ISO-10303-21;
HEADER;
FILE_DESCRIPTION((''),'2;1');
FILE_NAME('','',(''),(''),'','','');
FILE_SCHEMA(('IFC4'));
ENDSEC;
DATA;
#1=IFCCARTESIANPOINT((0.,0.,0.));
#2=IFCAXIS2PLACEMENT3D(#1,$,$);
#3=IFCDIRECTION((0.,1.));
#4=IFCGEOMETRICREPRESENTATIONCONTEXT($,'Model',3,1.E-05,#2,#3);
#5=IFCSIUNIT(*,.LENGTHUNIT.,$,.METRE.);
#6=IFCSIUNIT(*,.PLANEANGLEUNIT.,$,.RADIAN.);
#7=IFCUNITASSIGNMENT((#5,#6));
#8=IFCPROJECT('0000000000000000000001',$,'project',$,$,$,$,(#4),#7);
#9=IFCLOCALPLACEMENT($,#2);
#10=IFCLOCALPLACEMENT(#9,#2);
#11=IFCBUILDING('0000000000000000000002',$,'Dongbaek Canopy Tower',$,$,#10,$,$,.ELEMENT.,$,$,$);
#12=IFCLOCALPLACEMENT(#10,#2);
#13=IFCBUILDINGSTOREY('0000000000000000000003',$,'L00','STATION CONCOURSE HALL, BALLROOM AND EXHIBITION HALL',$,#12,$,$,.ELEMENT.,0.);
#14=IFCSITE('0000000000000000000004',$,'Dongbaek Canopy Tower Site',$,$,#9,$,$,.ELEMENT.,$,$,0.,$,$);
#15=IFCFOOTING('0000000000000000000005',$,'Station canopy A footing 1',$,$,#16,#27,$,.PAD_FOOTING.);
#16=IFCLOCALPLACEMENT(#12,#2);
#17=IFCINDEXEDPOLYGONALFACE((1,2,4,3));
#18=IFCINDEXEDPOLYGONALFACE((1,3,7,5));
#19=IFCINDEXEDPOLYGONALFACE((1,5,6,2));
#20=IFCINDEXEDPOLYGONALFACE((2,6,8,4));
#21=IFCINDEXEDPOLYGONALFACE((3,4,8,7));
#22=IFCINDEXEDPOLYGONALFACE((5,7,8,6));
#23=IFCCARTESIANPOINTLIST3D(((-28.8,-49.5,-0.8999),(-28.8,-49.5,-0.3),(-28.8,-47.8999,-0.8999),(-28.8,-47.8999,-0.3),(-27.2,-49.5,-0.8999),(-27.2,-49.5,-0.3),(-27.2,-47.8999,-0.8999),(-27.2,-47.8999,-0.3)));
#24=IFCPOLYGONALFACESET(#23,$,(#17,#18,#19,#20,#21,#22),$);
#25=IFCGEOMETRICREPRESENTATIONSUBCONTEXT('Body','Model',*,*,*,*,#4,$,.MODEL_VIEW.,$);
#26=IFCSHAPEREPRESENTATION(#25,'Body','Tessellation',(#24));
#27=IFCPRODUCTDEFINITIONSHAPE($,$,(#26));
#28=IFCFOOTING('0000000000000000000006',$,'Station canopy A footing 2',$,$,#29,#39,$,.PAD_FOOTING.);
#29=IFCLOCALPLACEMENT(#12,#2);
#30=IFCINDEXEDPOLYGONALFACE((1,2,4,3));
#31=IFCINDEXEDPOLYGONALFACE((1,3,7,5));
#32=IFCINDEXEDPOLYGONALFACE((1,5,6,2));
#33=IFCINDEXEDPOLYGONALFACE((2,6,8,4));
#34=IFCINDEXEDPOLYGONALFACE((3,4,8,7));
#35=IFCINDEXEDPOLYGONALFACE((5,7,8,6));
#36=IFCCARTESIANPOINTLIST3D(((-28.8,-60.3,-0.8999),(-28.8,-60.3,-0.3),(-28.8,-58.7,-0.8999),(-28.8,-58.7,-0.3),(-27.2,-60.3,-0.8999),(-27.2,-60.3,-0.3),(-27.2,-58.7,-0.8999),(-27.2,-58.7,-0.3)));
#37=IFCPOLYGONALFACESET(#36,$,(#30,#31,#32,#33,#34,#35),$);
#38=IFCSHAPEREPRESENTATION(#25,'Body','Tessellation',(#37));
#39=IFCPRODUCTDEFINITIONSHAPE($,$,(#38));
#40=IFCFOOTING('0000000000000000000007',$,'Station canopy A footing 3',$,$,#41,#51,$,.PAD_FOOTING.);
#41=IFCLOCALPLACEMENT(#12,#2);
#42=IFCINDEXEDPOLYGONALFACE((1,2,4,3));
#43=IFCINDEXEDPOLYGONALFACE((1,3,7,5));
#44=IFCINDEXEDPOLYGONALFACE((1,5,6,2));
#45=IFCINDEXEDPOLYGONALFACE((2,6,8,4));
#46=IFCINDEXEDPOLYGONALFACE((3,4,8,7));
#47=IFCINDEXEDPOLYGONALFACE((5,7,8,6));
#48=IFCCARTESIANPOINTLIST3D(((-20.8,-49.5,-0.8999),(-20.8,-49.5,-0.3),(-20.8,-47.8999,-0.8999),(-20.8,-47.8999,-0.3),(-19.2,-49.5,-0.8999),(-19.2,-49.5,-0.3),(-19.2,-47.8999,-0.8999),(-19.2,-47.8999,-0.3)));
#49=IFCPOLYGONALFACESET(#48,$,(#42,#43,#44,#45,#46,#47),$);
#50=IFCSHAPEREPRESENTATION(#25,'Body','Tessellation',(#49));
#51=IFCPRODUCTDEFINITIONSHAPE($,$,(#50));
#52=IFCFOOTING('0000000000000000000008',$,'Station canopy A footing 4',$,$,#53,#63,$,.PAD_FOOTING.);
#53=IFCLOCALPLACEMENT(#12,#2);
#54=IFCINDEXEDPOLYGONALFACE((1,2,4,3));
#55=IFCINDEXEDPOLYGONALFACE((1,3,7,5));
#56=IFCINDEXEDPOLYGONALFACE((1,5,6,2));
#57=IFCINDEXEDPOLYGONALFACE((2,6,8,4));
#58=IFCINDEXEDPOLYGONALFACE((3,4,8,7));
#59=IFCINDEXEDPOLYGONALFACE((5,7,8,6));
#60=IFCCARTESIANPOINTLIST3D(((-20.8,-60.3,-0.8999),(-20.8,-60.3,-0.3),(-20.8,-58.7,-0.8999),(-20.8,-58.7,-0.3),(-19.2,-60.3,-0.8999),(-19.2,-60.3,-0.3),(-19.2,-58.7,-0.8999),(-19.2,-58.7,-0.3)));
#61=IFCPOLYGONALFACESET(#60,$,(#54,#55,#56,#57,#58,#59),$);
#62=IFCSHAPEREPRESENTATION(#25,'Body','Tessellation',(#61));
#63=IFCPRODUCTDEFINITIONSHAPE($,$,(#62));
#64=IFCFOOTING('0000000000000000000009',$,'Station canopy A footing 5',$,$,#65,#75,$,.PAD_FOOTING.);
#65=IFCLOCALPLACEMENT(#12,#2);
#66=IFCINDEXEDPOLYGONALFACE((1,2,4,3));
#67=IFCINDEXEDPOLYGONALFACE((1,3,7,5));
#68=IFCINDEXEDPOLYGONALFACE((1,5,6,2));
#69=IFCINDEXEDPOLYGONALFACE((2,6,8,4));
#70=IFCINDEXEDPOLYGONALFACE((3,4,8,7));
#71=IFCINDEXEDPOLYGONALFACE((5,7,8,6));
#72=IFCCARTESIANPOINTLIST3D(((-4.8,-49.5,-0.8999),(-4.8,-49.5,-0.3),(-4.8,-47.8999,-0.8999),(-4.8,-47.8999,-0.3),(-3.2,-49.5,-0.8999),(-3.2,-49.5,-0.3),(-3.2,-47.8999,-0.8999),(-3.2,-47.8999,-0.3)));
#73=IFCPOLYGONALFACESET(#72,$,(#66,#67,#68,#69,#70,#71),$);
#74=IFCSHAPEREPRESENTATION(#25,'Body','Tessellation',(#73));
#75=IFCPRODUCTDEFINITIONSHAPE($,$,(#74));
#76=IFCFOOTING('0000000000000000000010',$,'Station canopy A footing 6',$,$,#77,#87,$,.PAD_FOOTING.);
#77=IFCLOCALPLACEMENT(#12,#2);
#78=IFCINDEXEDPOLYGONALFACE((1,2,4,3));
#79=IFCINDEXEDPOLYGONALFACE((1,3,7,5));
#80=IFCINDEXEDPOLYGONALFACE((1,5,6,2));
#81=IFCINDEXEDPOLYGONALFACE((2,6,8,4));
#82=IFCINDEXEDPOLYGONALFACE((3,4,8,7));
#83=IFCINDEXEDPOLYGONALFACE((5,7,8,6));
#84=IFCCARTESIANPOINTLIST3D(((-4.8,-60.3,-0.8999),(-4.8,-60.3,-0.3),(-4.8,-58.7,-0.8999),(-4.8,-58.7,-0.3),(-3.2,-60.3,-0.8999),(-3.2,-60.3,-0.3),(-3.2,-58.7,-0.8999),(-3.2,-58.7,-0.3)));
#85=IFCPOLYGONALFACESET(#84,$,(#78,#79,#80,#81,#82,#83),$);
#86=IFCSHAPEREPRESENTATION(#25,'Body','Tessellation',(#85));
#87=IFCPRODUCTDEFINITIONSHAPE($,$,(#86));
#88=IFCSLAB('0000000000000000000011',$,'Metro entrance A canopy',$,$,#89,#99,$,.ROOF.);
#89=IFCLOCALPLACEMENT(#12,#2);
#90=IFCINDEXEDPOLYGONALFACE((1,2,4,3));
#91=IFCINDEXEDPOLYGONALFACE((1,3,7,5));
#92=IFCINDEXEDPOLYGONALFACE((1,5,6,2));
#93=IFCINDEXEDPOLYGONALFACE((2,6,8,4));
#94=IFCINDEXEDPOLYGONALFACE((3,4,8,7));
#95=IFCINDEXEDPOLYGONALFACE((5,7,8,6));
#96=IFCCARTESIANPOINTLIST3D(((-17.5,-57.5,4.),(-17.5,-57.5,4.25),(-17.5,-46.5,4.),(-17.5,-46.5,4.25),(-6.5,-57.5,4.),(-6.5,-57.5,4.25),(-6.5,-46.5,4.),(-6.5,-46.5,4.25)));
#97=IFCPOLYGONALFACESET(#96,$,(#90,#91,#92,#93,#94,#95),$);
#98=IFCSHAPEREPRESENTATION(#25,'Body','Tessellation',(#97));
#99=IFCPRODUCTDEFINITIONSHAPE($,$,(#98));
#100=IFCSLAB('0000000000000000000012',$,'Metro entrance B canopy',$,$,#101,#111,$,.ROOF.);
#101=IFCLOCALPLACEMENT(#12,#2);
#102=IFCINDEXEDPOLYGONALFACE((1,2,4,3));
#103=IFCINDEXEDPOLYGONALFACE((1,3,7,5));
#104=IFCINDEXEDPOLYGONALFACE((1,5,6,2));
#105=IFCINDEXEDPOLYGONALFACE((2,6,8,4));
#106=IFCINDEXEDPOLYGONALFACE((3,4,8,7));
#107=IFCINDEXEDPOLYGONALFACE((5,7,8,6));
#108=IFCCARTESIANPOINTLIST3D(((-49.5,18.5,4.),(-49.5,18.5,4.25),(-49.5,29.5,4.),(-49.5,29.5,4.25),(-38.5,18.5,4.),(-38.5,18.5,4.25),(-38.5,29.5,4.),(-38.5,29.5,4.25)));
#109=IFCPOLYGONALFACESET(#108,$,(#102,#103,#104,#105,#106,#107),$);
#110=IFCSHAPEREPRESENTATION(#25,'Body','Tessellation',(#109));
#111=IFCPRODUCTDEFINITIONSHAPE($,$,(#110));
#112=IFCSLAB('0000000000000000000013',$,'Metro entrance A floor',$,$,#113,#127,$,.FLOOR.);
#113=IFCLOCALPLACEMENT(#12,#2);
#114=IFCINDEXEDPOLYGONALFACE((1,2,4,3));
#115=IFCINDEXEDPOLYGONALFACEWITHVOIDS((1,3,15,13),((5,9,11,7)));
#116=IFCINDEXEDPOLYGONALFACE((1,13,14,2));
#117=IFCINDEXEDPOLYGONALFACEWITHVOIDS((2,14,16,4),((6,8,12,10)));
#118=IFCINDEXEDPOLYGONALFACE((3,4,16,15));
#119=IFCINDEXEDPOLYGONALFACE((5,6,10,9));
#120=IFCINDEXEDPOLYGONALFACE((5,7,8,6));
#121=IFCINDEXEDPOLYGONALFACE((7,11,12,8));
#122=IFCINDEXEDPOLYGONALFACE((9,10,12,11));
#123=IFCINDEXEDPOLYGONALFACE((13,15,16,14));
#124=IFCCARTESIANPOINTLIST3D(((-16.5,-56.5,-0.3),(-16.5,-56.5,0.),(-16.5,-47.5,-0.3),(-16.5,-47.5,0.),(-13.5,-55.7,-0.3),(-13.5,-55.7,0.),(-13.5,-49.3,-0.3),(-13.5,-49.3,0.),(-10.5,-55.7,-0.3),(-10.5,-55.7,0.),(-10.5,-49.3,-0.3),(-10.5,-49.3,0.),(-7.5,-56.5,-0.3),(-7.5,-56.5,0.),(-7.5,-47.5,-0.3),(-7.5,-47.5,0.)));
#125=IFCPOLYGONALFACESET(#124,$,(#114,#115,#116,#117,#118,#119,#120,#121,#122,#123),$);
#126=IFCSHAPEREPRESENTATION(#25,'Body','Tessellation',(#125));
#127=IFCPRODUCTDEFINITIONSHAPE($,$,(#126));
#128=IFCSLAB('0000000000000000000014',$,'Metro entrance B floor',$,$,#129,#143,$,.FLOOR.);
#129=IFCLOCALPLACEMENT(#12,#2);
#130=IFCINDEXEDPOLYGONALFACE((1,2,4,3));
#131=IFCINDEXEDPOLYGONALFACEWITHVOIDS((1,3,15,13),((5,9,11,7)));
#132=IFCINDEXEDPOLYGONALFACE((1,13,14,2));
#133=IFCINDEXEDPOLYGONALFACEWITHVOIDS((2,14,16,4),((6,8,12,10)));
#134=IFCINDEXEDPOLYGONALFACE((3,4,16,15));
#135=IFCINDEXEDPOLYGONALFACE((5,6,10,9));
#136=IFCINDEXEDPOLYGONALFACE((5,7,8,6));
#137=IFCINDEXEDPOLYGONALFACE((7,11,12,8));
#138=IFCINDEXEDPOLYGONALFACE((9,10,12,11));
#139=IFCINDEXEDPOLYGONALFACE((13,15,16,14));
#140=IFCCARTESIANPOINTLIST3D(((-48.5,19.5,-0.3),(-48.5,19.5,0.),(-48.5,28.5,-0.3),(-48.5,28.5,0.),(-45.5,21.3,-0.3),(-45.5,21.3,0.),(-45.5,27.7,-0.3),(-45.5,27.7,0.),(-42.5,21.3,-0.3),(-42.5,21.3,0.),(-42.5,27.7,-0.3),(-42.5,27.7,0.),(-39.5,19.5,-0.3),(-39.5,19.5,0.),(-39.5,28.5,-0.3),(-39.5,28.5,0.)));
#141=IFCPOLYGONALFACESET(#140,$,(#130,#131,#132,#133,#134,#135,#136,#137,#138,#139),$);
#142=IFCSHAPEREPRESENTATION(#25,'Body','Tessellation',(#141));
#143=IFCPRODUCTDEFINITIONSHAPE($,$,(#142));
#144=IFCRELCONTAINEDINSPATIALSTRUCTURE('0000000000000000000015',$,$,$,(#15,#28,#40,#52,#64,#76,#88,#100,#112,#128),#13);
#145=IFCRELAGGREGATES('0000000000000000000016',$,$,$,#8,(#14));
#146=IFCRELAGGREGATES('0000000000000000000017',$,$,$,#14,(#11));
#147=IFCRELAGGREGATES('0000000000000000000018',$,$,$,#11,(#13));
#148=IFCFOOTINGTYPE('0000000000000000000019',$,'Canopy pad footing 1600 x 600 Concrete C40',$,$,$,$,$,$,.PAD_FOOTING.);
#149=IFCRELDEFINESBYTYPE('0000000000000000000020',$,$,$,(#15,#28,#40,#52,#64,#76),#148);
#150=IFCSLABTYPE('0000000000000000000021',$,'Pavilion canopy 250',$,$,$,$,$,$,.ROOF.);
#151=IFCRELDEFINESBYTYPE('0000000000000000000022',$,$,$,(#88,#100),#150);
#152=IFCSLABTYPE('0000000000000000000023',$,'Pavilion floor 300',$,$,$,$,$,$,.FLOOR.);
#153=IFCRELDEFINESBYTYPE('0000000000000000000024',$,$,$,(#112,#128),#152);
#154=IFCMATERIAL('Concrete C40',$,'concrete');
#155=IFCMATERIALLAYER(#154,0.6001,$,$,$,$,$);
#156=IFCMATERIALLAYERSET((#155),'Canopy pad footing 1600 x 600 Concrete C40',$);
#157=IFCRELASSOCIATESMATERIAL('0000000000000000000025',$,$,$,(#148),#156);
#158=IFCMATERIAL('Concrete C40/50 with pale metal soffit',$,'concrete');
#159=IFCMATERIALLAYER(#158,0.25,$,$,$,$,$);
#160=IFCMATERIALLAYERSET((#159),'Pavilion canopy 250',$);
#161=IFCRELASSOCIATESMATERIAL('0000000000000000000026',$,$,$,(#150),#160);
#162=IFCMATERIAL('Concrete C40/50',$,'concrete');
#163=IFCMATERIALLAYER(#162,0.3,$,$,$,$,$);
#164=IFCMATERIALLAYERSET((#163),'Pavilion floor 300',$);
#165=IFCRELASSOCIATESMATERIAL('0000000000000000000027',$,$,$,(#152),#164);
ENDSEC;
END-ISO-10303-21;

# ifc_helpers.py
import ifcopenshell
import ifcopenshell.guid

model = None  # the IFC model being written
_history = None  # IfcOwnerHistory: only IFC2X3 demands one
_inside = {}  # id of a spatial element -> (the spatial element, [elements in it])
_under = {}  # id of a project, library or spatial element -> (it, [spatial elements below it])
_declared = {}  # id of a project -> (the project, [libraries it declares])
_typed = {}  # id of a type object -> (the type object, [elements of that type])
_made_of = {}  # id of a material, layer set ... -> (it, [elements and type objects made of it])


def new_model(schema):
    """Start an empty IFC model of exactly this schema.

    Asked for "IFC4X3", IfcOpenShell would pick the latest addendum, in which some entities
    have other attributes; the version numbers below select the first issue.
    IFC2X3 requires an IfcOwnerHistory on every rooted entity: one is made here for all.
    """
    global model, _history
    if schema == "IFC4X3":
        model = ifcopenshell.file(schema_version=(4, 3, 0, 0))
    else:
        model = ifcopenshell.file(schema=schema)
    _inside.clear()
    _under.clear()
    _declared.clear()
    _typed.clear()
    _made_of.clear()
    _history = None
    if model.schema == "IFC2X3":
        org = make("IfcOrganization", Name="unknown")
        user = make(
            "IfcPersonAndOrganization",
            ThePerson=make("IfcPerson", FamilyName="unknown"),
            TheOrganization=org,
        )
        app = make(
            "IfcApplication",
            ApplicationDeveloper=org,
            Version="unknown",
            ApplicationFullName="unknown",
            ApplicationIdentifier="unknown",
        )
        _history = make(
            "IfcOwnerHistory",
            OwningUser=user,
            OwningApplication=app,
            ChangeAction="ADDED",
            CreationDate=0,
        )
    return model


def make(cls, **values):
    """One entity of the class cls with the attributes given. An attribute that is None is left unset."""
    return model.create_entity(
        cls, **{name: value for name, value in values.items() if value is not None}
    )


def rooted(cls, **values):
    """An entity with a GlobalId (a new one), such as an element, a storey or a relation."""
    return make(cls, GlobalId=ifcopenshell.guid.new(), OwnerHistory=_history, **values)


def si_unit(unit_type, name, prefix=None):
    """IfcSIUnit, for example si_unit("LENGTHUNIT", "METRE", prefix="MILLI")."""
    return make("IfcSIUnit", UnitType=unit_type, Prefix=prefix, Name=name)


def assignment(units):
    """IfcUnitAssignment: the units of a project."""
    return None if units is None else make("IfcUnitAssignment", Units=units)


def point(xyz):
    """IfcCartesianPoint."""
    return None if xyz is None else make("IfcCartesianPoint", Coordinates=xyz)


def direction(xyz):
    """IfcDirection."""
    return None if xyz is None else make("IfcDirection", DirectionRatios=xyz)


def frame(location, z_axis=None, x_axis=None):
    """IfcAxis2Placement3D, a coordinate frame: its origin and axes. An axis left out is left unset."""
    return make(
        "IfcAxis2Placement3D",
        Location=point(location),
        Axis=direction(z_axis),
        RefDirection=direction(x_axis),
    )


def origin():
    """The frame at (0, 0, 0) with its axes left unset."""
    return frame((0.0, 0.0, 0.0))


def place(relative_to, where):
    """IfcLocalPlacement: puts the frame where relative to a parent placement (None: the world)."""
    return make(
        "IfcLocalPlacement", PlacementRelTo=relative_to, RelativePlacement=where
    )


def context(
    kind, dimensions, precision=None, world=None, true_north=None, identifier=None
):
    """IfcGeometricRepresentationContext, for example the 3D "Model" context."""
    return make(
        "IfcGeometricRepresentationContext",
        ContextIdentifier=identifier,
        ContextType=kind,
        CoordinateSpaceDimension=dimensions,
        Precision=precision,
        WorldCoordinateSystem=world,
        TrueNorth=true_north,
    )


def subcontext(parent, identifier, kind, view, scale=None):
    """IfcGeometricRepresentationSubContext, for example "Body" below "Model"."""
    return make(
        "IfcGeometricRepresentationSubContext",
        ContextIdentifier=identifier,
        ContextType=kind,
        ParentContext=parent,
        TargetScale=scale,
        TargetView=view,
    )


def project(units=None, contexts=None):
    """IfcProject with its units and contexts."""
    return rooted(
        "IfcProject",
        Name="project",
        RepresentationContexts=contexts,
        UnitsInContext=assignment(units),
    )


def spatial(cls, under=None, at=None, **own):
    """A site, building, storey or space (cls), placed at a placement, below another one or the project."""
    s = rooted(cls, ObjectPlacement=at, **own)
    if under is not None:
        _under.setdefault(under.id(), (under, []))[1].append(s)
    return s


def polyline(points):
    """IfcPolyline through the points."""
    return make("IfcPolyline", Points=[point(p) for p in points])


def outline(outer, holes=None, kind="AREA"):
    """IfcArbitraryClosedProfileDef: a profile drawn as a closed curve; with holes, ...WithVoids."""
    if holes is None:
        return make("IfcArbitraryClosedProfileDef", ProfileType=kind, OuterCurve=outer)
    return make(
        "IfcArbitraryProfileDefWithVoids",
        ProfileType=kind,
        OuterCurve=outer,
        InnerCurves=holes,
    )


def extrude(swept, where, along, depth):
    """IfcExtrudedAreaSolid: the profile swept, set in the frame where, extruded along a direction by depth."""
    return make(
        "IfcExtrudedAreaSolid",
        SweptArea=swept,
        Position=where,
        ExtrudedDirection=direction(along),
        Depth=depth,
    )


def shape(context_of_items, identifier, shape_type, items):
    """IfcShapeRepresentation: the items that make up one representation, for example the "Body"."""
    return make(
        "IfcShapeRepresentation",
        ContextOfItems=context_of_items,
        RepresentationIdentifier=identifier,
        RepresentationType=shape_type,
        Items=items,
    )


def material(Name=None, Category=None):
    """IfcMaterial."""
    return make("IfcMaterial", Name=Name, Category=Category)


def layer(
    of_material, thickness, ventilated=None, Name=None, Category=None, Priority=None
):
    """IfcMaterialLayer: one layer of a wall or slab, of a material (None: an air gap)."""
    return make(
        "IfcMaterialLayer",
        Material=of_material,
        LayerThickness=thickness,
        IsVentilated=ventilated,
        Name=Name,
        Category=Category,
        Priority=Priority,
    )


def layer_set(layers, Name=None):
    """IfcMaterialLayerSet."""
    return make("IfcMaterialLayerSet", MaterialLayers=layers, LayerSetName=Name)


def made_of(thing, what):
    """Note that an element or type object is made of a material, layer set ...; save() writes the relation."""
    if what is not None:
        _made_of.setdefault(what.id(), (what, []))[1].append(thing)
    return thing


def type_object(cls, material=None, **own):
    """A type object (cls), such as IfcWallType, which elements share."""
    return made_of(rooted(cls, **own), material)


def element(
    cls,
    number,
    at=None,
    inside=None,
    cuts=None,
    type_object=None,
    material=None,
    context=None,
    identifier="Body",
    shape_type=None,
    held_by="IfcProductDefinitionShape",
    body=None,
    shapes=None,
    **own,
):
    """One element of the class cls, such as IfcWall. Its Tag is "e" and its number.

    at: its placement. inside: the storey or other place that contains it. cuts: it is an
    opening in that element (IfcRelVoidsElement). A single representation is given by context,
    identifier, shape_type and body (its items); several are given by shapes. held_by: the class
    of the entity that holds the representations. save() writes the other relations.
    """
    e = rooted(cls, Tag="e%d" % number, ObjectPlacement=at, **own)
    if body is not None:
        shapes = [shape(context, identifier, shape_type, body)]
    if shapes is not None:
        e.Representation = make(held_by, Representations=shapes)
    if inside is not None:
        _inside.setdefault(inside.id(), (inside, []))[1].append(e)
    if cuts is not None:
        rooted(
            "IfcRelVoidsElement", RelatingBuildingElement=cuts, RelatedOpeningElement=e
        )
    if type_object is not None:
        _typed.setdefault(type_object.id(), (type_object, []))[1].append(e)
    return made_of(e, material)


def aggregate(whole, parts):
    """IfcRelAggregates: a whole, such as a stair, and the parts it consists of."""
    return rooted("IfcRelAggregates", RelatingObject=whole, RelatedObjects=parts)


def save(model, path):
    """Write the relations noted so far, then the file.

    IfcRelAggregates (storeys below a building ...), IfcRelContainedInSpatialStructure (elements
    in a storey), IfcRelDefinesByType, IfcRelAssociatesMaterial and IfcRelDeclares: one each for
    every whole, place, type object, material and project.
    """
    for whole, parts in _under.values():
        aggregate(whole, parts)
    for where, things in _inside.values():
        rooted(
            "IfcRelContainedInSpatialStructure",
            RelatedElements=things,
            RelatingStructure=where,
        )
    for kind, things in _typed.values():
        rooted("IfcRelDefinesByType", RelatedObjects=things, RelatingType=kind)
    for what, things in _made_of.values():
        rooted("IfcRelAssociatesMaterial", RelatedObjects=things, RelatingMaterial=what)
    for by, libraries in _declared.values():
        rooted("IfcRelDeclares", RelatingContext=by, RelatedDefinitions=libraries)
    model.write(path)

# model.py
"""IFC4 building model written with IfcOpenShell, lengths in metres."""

from ifc_helpers import new_model, si_unit, direction, frame, origin, place, context, subcontext, project, spatial, polyline, outline, extrude, material, layer, layer_set, type_object, element, save


model = new_model("IFC4")

# Units and contexts
model_context = context("Model", 3, precision=1e-05, world=origin(), true_north=direction((0.0, 1.0)))
body_context = subcontext(model_context, "Body", "Model", "MODEL_VIEW")
ifc_project = project(units=[si_unit("LENGTHUNIT", "METRE"), si_unit("PLANEANGLEUNIT", "RADIAN")], contexts=[model_context])

# Site, building, storey
site_placement = place(None, origin())
site = spatial("IfcSite", under=ifc_project, at=site_placement, Name="Dongbaek Canopy Tower Site", CompositionType="ELEMENT", RefElevation=0.0)
building_placement = place(site_placement, origin())
building = spatial("IfcBuilding", under=site, at=building_placement, Name="Dongbaek Canopy Tower", CompositionType="ELEMENT")
storey_placement = place(building_placement, origin())
storey = spatial("IfcBuildingStorey", under=building, at=storey_placement, Name="L00", Description="STATION CONCOURSE HALL, BALLROOM AND EXHIBITION HALL", CompositionType="ELEMENT", Elevation=0.0)

# Footings
ifc_material_1 = material(Name="Concrete C40", Category="concrete")
ifc_layer_1 = layer(ifc_material_1, 0.6001)
ifc_layer_set_1 = layer_set([ifc_layer_1], Name="Canopy pad footing 1600 x 600 Concrete C40")
footing_type = type_object("IfcFootingType", Name="Canopy pad footing 1600 x 600 Concrete C40", PredefinedType="PAD_FOOTING", material=ifc_layer_set_1)
footing_1_placement = place(storey_placement, frame((0.0, 0.0, -0.8999)))
element("IfcFooting", 1, at=footing_1_placement, inside=storey, type_object=footing_type, Name="Station canopy A footing 1", PredefinedType="PAD_FOOTING", context=body_context, shape_type="SweptSolid", body=[
    extrude(outline(polyline([(-28.8, -49.5), (-27.2, -49.5), (-27.2, -47.8999), (-28.8, -47.8999), (-28.8, -49.5)])), origin(), (0.0, 0.0, 1.0), 0.5999),
])
footing_2_placement = place(storey_placement, frame((0.0, 0.0, -0.8999)))
element("IfcFooting", 2, at=footing_2_placement, inside=storey, type_object=footing_type, Name="Station canopy A footing 2", PredefinedType="PAD_FOOTING", context=body_context, shape_type="SweptSolid", body=[
    extrude(outline(polyline([(-28.8, -60.3), (-27.2, -60.3), (-27.2, -58.7), (-28.8, -58.7), (-28.8, -60.3)])), origin(), (0.0, 0.0, 1.0), 0.5999),
])
footing_3_placement = place(storey_placement, frame((0.0, 0.0, -0.8999)))
element("IfcFooting", 3, at=footing_3_placement, inside=storey, type_object=footing_type, Name="Station canopy A footing 3", PredefinedType="PAD_FOOTING", context=body_context, shape_type="SweptSolid", body=[
    extrude(outline(polyline([(-20.8, -49.5), (-19.2, -49.5), (-19.2, -47.8999), (-20.8, -47.8999), (-20.8, -49.5)])), origin(), (0.0, 0.0, 1.0), 0.5999),
])
footing_4_placement = place(storey_placement, frame((0.0, 0.0, -0.8999)))
element("IfcFooting", 4, at=footing_4_placement, inside=storey, type_object=footing_type, Name="Station canopy A footing 4", PredefinedType="PAD_FOOTING", context=body_context, shape_type="SweptSolid", body=[
    extrude(outline(polyline([(-20.8, -60.3), (-19.2, -60.3), (-19.2, -58.7), (-20.8, -58.7), (-20.8, -60.3)])), origin(), (0.0, 0.0, 1.0), 0.5999),
])
footing_5_placement = place(storey_placement, frame((0.0, 0.0, -0.8999)))
element("IfcFooting", 5, at=footing_5_placement, inside=storey, type_object=footing_type, Name="Station canopy A footing 5", PredefinedType="PAD_FOOTING", context=body_context, shape_type="SweptSolid", body=[
    extrude(outline(polyline([(-4.8, -49.5), (-3.2, -49.5), (-3.2, -47.8999), (-4.8, -47.8999), (-4.8, -49.5)])), origin(), (0.0, 0.0, 1.0), 0.5999),
])
footing_6_placement = place(storey_placement, frame((0.0, 0.0, -0.8999)))
element("IfcFooting", 6, at=footing_6_placement, inside=storey, type_object=footing_type, Name="Station canopy A footing 6", PredefinedType="PAD_FOOTING", context=body_context, shape_type="SweptSolid", body=[
    extrude(outline(polyline([(-4.8, -60.3), (-3.2, -60.3), (-3.2, -58.7), (-4.8, -58.7), (-4.8, -60.3)])), origin(), (0.0, 0.0, 1.0), 0.5999),
])

# Slabs
ifc_material_2 = material(Name="Concrete C40/50 with pale metal soffit", Category="concrete")
ifc_layer_2 = layer(ifc_material_2, 0.25)
ifc_layer_set_2 = layer_set([ifc_layer_2], Name="Pavilion canopy 250")
slab_type_1 = type_object("IfcSlabType", Name="Pavilion canopy 250", PredefinedType="ROOF", material=ifc_layer_set_2)
slab_1_placement = place(storey_placement, frame((0.0, 0.0, 4.0)))
element("IfcSlab", 7, at=slab_1_placement, inside=storey, type_object=slab_type_1, Name="Metro entrance A canopy", PredefinedType="ROOF", context=body_context, shape_type="SweptSolid", body=[
    extrude(outline(polyline([(-17.5, -57.5), (-6.5, -57.5), (-6.5, -46.5), (-17.5, -46.5), (-17.5, -57.5)])), origin(), (0.0, 0.0, 1.0), 0.25),
])
slab_2_placement = place(storey_placement, frame((0.0, 0.0, 4.0)))
element("IfcSlab", 8, at=slab_2_placement, inside=storey, type_object=slab_type_1, Name="Metro entrance B canopy", PredefinedType="ROOF", context=body_context, shape_type="SweptSolid", body=[
    extrude(outline(polyline([(-49.5, 18.5), (-38.5, 18.5), (-38.5, 29.5), (-49.5, 29.5), (-49.5, 18.5)])), origin(), (0.0, 0.0, 1.0), 0.25),
])
ifc_material_3 = material(Name="Concrete C40/50", Category="concrete")
ifc_layer_3 = layer(ifc_material_3, 0.3)
ifc_layer_set_3 = layer_set([ifc_layer_3], Name="Pavilion floor 300")
slab_type_2 = type_object("IfcSlabType", Name="Pavilion floor 300", PredefinedType="FLOOR", material=ifc_layer_set_3)
slab_3_placement = place(storey_placement, frame((0.0, 0.0, -0.3)))
element("IfcSlab", 9, at=slab_3_placement, inside=storey, type_object=slab_type_2, Name="Metro entrance A floor", PredefinedType="FLOOR", context=body_context, shape_type="SweptSolid", body=[
    extrude(outline(polyline([(-16.5, -56.5), (-7.5, -56.5), (-7.5, -47.5), (-16.5, -47.5), (-16.5, -56.5)]), holes=[polyline([(-13.5, -55.7), (-10.5, -55.7), (-10.5, -49.3), (-13.5, -49.3), (-13.5, -55.7)])]), origin(), (0.0, 0.0, 1.0), 0.3),
])
slab_4_placement = place(storey_placement, frame((0.0, 0.0, -0.3)))
element("IfcSlab", 10, at=slab_4_placement, inside=storey, type_object=slab_type_2, Name="Metro entrance B floor", PredefinedType="FLOOR", context=body_context, shape_type="SweptSolid", body=[
    extrude(outline(polyline([(-48.5, 19.5), (-39.5, 19.5), (-39.5, 28.5), (-48.5, 28.5), (-48.5, 19.5)]), holes=[polyline([(-45.5, 21.3), (-42.5, 21.3), (-42.5, 27.7), (-45.5, 27.7), (-45.5, 21.3)])]), origin(), (0.0, 0.0, 1.0), 0.3),
])

save(model, "model.ifc")
